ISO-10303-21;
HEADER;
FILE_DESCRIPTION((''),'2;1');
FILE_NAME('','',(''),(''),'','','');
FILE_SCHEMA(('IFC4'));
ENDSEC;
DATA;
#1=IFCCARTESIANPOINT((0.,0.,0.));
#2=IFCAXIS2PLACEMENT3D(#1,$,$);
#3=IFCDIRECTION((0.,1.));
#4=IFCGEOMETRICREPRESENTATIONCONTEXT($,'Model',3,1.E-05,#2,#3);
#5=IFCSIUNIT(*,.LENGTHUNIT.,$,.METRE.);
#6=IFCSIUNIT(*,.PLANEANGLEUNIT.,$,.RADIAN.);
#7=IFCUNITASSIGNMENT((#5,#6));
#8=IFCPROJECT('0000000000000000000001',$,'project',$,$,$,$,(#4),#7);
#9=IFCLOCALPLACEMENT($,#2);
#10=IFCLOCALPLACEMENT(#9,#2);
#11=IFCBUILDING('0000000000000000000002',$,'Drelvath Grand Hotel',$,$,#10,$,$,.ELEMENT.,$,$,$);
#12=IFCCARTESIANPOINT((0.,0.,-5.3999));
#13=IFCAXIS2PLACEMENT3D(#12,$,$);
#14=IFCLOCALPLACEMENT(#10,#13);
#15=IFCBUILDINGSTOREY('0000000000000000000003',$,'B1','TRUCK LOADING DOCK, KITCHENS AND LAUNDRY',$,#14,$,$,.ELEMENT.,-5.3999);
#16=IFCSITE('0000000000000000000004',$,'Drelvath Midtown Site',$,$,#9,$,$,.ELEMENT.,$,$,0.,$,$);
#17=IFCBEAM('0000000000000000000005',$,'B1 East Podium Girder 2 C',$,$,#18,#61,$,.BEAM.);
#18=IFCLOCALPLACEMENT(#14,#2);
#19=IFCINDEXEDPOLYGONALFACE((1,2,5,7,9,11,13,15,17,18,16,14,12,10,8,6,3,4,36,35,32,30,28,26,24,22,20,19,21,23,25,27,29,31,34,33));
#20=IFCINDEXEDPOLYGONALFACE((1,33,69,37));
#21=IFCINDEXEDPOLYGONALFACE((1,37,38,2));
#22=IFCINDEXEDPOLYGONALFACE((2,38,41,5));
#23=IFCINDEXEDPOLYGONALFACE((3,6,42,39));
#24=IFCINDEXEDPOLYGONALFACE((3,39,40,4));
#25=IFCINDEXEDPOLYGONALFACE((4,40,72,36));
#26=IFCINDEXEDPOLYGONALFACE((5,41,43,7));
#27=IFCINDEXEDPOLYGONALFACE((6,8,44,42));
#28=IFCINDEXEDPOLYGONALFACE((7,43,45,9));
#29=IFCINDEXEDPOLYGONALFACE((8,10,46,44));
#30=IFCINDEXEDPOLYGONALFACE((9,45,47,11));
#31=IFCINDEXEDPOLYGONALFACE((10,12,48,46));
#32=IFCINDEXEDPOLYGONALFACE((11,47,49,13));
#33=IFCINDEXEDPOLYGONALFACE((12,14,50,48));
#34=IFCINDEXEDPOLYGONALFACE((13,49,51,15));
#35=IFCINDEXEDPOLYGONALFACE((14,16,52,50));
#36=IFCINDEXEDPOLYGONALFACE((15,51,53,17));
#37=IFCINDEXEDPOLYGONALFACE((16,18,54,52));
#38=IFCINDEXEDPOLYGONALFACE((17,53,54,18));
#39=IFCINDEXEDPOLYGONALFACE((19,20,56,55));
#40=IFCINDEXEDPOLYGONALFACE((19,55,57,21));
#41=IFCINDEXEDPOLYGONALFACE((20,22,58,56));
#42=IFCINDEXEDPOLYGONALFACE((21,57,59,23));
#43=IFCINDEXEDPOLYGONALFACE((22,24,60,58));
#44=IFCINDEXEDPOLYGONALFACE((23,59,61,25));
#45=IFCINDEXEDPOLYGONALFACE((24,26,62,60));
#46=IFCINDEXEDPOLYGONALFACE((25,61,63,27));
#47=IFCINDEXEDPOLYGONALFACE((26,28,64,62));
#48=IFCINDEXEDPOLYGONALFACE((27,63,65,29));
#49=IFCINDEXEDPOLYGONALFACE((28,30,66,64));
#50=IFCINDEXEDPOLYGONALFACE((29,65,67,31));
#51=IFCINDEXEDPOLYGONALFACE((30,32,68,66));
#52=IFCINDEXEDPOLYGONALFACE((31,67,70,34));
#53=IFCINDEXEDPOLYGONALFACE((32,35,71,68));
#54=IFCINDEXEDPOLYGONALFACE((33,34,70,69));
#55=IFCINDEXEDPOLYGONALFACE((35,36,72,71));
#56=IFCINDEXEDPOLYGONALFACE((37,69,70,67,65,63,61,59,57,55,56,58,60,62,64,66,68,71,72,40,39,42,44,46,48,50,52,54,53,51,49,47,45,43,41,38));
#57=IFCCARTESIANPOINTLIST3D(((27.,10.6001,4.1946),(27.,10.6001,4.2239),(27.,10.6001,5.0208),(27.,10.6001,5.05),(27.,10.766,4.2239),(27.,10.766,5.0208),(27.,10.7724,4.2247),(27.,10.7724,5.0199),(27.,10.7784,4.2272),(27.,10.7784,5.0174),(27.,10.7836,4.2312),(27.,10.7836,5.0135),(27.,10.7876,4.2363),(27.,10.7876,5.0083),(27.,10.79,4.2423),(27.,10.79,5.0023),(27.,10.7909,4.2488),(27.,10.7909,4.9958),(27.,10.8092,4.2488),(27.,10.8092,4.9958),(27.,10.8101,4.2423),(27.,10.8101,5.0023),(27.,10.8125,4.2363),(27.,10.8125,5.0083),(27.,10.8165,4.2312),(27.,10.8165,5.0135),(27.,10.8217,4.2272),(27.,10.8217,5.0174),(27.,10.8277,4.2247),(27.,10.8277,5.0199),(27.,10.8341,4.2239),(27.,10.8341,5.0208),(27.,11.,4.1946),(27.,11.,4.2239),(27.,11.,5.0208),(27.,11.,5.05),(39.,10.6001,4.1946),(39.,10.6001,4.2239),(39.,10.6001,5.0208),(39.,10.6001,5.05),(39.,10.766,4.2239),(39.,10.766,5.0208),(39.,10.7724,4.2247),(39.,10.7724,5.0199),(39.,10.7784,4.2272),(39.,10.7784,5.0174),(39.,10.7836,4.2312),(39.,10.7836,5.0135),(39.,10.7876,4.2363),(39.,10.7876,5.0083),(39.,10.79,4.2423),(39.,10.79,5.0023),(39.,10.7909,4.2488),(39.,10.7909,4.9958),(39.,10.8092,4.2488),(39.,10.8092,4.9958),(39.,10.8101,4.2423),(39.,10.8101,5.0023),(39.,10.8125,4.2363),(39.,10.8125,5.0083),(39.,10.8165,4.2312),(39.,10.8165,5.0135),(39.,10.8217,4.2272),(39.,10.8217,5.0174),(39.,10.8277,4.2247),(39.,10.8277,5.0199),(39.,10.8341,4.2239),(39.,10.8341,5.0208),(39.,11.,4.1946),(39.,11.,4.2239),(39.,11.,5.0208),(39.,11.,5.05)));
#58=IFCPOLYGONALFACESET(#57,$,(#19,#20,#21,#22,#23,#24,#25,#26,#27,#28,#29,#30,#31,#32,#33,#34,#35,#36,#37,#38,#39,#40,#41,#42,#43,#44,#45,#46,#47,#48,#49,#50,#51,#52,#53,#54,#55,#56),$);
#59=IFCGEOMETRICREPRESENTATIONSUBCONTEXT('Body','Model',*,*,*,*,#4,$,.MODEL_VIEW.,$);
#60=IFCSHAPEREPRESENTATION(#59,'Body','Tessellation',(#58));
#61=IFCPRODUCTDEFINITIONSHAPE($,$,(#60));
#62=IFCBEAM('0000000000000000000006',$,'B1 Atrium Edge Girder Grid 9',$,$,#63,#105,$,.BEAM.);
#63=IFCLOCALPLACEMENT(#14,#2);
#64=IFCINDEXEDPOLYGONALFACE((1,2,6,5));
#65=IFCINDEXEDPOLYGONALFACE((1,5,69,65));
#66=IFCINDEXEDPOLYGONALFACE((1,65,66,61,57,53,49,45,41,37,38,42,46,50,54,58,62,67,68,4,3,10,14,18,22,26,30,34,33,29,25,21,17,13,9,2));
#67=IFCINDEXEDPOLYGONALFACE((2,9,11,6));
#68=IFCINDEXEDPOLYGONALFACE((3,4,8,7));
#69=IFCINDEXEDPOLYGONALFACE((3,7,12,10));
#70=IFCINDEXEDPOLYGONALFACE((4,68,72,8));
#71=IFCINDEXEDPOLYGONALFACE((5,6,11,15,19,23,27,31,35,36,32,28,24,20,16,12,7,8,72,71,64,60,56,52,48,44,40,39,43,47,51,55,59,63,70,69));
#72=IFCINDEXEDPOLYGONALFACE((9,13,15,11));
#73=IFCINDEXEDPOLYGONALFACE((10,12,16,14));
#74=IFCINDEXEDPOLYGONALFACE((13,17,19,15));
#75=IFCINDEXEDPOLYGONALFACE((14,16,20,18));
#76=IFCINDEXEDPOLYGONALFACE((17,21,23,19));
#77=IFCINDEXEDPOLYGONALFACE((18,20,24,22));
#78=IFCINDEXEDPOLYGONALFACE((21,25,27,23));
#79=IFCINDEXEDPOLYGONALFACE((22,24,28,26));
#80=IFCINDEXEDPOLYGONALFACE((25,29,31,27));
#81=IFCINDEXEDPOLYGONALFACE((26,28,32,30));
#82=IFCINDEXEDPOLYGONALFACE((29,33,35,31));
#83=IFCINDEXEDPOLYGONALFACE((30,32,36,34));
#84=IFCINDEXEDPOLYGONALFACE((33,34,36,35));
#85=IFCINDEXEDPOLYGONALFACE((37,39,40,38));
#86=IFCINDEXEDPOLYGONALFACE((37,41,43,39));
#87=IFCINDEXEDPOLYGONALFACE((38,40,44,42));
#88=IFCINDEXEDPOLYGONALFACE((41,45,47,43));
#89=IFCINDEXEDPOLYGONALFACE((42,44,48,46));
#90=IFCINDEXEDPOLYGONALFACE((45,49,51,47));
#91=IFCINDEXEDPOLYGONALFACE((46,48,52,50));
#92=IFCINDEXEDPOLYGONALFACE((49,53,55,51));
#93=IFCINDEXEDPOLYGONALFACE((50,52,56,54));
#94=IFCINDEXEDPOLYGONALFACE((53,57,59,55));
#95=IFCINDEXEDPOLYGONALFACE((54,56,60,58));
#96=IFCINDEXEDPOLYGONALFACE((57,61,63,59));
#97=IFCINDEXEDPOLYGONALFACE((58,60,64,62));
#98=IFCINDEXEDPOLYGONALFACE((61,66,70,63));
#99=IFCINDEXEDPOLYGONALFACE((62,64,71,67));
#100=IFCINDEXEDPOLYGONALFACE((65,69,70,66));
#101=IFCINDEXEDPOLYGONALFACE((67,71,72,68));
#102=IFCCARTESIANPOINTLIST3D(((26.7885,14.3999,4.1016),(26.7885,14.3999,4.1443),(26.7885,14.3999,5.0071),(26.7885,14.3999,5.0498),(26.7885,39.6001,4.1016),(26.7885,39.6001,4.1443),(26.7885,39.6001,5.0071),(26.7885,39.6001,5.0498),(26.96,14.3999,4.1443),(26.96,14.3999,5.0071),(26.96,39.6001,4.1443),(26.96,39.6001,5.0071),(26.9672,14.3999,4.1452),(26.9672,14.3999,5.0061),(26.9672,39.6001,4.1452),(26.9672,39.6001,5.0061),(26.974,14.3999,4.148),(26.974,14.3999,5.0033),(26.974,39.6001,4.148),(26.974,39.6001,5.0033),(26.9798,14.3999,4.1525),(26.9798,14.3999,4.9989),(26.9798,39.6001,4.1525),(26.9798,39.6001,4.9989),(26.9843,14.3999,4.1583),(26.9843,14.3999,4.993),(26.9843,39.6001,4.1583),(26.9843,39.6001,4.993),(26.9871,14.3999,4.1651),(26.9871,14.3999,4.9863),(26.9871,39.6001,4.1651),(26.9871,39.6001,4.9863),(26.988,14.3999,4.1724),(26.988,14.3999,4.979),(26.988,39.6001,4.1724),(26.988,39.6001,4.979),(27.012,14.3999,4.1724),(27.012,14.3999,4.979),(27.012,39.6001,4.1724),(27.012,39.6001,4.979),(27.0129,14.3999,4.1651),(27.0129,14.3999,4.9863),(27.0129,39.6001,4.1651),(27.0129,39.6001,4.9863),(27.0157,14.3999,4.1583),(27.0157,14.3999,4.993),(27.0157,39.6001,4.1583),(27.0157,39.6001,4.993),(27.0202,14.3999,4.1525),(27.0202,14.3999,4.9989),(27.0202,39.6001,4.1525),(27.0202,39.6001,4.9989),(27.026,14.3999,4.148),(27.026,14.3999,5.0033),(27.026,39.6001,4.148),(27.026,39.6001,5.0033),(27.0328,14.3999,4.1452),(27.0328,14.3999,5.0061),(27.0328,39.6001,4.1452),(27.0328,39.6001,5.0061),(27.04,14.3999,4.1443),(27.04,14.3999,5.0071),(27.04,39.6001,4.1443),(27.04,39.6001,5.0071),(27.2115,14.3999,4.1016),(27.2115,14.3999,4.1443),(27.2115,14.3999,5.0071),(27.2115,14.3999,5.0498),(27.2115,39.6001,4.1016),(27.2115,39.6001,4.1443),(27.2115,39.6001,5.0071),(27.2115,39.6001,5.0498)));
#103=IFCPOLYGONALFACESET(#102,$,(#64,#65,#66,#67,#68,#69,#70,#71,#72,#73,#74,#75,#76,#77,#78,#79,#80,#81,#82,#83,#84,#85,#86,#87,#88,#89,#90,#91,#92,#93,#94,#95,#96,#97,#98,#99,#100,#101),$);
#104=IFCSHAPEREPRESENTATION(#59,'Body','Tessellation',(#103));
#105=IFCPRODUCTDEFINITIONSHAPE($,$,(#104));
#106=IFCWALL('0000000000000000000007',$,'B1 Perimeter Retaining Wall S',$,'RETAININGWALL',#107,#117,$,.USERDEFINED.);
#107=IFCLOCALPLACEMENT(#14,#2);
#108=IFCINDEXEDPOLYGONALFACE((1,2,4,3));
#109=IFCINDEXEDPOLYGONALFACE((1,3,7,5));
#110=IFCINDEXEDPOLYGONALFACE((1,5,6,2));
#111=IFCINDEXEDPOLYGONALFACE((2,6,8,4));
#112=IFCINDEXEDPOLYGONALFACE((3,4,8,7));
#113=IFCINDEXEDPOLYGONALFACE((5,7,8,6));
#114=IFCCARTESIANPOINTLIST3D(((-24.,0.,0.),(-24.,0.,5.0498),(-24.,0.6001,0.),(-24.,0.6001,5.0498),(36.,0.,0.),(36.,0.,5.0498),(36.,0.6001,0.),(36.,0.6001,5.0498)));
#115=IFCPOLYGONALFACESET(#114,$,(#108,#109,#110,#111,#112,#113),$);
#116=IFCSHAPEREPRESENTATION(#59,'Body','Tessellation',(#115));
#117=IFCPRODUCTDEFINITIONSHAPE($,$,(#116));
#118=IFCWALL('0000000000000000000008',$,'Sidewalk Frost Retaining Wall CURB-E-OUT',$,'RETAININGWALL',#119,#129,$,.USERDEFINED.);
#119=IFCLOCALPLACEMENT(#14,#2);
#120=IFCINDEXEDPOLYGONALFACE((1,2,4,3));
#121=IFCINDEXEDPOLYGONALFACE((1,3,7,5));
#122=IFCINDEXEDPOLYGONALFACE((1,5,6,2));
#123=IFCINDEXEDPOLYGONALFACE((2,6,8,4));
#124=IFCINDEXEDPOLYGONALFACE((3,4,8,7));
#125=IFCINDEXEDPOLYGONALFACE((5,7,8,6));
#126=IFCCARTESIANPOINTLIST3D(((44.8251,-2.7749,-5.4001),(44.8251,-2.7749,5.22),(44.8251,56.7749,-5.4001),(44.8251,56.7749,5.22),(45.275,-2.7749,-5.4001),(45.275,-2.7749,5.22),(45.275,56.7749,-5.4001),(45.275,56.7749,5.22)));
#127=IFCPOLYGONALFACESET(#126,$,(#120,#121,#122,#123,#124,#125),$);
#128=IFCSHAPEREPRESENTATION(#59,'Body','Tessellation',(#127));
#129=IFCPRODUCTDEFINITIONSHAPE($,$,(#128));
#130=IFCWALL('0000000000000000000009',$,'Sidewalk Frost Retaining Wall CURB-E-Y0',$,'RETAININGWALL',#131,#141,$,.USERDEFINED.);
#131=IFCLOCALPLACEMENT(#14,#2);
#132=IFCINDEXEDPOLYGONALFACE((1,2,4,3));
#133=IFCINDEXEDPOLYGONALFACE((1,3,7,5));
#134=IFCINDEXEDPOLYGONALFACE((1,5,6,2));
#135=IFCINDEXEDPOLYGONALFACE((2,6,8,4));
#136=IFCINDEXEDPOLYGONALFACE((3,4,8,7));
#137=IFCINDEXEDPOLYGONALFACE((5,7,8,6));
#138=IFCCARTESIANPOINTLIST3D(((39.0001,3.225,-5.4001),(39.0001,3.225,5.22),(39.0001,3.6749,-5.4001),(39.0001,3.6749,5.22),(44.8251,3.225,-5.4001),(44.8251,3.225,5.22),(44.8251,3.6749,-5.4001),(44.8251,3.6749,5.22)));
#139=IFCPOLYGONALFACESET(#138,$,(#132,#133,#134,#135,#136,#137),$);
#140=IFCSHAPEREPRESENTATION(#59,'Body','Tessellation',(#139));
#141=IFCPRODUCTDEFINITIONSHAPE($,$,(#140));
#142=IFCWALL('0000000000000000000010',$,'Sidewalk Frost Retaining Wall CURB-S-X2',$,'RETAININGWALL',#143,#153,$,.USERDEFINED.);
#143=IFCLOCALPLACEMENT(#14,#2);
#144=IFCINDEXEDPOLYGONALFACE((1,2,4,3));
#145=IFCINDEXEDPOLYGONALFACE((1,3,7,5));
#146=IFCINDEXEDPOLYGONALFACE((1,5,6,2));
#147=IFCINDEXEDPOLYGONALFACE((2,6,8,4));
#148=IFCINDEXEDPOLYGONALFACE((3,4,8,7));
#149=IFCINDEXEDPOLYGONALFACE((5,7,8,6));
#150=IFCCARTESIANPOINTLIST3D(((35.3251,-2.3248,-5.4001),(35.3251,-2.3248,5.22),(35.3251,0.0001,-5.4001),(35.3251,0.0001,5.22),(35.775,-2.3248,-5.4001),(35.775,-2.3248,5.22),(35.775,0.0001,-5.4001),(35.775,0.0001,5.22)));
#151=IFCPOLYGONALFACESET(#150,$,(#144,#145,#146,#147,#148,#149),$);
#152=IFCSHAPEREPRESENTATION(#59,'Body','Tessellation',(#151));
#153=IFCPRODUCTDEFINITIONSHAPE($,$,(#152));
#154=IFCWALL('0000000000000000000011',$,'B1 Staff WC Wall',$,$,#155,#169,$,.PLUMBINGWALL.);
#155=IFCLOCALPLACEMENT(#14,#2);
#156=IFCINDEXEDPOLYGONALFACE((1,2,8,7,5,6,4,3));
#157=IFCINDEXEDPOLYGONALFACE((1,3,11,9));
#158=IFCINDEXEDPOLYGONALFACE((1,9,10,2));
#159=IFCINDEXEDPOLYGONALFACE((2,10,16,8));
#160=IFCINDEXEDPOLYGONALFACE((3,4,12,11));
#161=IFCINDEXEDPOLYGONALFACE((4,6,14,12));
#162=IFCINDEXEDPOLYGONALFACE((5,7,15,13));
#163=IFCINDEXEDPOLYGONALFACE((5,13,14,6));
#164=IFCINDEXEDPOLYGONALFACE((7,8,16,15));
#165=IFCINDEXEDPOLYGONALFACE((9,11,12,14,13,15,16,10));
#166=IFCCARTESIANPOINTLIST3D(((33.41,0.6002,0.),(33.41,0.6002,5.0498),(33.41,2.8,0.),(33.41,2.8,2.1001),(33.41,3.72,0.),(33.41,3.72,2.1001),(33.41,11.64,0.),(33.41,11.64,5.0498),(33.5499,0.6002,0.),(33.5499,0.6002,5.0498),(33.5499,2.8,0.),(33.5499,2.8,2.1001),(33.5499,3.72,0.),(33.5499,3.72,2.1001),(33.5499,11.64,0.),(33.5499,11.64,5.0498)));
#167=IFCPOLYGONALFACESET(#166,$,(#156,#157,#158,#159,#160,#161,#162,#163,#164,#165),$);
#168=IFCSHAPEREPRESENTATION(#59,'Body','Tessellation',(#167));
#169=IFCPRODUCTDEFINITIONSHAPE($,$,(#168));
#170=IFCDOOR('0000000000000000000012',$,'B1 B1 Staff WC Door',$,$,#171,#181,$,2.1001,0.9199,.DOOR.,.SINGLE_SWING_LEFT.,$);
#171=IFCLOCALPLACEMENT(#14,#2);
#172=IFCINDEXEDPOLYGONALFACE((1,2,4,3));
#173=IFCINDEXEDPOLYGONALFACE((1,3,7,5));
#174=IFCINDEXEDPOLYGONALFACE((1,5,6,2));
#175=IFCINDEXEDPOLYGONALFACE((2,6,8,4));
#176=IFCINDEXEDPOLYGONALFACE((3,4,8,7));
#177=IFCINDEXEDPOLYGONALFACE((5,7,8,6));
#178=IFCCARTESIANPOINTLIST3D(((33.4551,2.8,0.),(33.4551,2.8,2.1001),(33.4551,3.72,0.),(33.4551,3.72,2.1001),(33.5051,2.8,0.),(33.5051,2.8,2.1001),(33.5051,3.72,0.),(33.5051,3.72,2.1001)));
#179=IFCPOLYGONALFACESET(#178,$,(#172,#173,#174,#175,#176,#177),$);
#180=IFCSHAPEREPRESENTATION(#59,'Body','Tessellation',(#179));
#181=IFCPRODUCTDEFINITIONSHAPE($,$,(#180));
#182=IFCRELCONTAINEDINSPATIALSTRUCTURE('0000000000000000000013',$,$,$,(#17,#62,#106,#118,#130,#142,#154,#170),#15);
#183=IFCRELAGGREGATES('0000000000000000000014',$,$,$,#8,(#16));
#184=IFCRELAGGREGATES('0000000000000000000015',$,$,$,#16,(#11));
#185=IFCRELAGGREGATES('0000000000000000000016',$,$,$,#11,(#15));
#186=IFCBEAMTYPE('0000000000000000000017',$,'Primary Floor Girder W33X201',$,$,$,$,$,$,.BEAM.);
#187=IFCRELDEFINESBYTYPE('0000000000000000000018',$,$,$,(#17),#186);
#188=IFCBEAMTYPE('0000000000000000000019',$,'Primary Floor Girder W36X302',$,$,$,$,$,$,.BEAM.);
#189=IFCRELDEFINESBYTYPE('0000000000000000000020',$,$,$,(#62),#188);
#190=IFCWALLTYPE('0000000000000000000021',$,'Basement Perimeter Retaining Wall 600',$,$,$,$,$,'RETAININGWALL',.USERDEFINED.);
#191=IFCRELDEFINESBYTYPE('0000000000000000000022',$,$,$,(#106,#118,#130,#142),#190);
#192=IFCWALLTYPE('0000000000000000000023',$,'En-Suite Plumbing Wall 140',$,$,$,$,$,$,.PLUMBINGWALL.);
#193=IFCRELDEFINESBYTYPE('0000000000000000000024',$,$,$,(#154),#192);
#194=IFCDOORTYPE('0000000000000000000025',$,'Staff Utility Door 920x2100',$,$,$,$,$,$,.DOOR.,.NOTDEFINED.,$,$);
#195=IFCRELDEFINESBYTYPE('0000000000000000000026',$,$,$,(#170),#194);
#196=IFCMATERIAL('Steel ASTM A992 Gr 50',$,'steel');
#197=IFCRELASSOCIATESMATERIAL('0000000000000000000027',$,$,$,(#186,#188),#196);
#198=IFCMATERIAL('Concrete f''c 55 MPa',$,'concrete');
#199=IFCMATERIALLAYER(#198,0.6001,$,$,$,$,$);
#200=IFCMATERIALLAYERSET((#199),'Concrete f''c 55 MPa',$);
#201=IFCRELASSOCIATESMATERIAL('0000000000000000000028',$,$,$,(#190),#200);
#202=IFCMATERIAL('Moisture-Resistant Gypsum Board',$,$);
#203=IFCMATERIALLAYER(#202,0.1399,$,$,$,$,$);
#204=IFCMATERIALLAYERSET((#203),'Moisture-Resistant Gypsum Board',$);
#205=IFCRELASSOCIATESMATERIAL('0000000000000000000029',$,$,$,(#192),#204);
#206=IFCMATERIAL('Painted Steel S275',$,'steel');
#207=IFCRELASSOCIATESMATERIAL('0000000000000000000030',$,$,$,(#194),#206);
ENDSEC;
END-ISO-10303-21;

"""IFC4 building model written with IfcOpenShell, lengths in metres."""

from ifc_helpers import new_model, si_unit, direction, frame, frame_2d, origin, origin_2d, place, context, subcontext, project, spatial, rectangle, i_section, extrude, material, layer, layer_set, material_profile, profile_set, type_object, element, fill, save


model = new_model("IFC4")

# Units and contexts
model_context = context("Model", 3, precision=1e-05, world=origin(), true_north=direction((0.0, 1.0)))
body_context = subcontext(model_context, "Body", "Model", "MODEL_VIEW")
ifc_project = project(units=[si_unit("LENGTHUNIT", "METRE"), si_unit("PLANEANGLEUNIT", "RADIAN")], contexts=[model_context])

# Site, building, storey
site_placement = place(None, origin())
site = spatial("IfcSite", under=ifc_project, at=site_placement, Name="Drelvath Midtown Site", CompositionType="ELEMENT", RefElevation=0.0)
building_placement = place(site_placement, origin())
building = spatial("IfcBuilding", under=site, at=building_placement, Name="Drelvath Grand Hotel", CompositionType="ELEMENT")
storey_placement = place(building_placement, frame((0.0, 0.0, -5.3999)))
storey = spatial("IfcBuildingStorey", under=building, at=storey_placement, Name="B1", Description="TRUCK LOADING DOCK, KITCHENS AND LAUNDRY", CompositionType="ELEMENT", Elevation=-5.3999)

# Beams
ifc_material_1 = material(Name="Steel ASTM A992 Gr 50", Category="steel")
ifc_material_profile_1 = material_profile(ifc_material_1, i_section(OverallWidth=0.3999, OverallDepth=0.8555, WebThickness=0.0183, FlangeThickness=0.0293, FilletRadius=0.0249, at=origin_2d()), Name="W33X201")
ifc_profile_set_1 = profile_set([ifc_material_profile_1], Name="Steel ASTM A992 Gr 50")
beam_type_1 = type_object("IfcBeamType", Name="Primary Floor Girder W33X201", PredefinedType="BEAM", material=ifc_profile_set_1)
beam_1_placement = place(storey_placement, frame((27.0, 10.8, 4.6223), z_axis=(1.0, 0.0, 0.0), x_axis=(0.0, 1.0, 0.0)))
element("IfcBeam", 1, at=beam_1_placement, inside=storey, type_object=beam_type_1, Name="B1 East Podium Girder 2 C", PredefinedType="BEAM", context=body_context, shape_type="SweptSolid", body=[
    extrude(i_section(OverallWidth=0.3999, OverallDepth=0.8555, WebThickness=0.0183, FlangeThickness=0.0293, FilletRadius=0.0249, at=origin_2d()), origin(), (0.0, 0.0, 1.0), 12.0),
])
ifc_material_profile_2 = material_profile(ifc_material_1, i_section(OverallWidth=0.4231, OverallDepth=0.9482, WebThickness=0.0239, FlangeThickness=0.0427, FilletRadius=0.0281, at=origin_2d()), Name="W36X302")
ifc_profile_set_2 = profile_set([ifc_material_profile_2], Name="Steel ASTM A992 Gr 50")
beam_type_2 = type_object("IfcBeamType", Name="Primary Floor Girder W36X302", PredefinedType="BEAM", material=ifc_profile_set_2)
beam_2_placement = place(storey_placement, frame((27.0, 14.3999, 4.5757), z_axis=(0.0, 1.0, 0.0), x_axis=(-1.0, 0.0, 0.0)))
element("IfcBeam", 2, at=beam_2_placement, inside=storey, type_object=beam_type_2, Name="B1 Atrium Edge Girder Grid 9", PredefinedType="BEAM", context=body_context, shape_type="SweptSolid", body=[
    extrude(i_section(OverallWidth=0.4231, OverallDepth=0.9482, WebThickness=0.0239, FlangeThickness=0.0427, FilletRadius=0.0281, at=origin_2d()), origin(), (0.0, 0.0, 1.0), 25.2002),
])

# Walls
ifc_material_2 = material(Name="Concrete f'c 55 MPa", Category="concrete")
ifc_layer_1 = layer(ifc_material_2, 0.6001)
ifc_layer_set_1 = layer_set([ifc_layer_1], Name="Concrete f'c 55 MPa")
wall_type_1 = type_object("IfcWallType", Name="Basement Perimeter Retaining Wall 600", ElementType="RETAININGWALL", PredefinedType="USERDEFINED", material=ifc_layer_set_1)
wall_1_placement = place(storey_placement, frame((36.0, 0.3, 0.0), z_axis=(0.0, 0.0, 1.0), x_axis=(-1.0, 0.0, 0.0)))
element("IfcWall", 3, at=wall_1_placement, inside=storey, type_object=wall_type_1, Name="B1 Perimeter Retaining Wall S", ObjectType="RETAININGWALL", PredefinedType="USERDEFINED", context=body_context, shape_type="SweptSolid", body=[
    extrude(rectangle(XDim=60.0, YDim=0.6001, at=frame_2d((30.0, 0.0))), origin(), (0.0, 0.0, 1.0), 5.0498),
])
wall_2_placement = place(storey_placement, frame((45.05, -2.7749, -5.4001), z_axis=(0.0, 0.0, 1.0), x_axis=(0.0, 1.0, 0.0)))
element("IfcWall", 4, at=wall_2_placement, inside=storey, type_object=wall_type_1, Name="Sidewalk Frost Retaining Wall CURB-E-OUT", ObjectType="RETAININGWALL", PredefinedType="USERDEFINED", context=body_context, shape_type="SweptSolid", body=[
    extrude(rectangle(XDim=59.5498, YDim=0.45, at=frame_2d((29.7749, 0.0))), origin(), (0.0, 0.0, 1.0), 10.6201),
])
wall_3_placement = place(storey_placement, frame((39.0, 3.45, -5.4001), z_axis=(0.0, 0.0, 1.0), x_axis=(1.0, 0.0, 0.0)))
element("IfcWall", 5, at=wall_3_placement, inside=storey, type_object=wall_type_1, Name="Sidewalk Frost Retaining Wall CURB-E-Y0", ObjectType="RETAININGWALL", PredefinedType="USERDEFINED", context=body_context, shape_type="SweptSolid", body=[
    extrude(rectangle(XDim=5.825, YDim=0.45, at=frame_2d((2.9126, 0.0))), origin(), (0.0, 0.0, 1.0), 10.6201),
])
wall_4_placement = place(storey_placement, frame((35.55, -2.325, -5.4001), z_axis=(0.0, 0.0, 1.0), x_axis=(0.0, 1.0, 0.0)))
element("IfcWall", 6, at=wall_4_placement, inside=storey, type_object=wall_type_1, Name="Sidewalk Frost Retaining Wall CURB-S-X2", ObjectType="RETAININGWALL", PredefinedType="USERDEFINED", context=body_context, shape_type="SweptSolid", body=[
    extrude(rectangle(XDim=2.325, YDim=0.45, at=frame_2d((1.1626, 0.0))), origin(), (0.0, 0.0, 1.0), 10.6201),
])

# Wall, opening, door
ifc_material_3 = material(Name="Moisture-Resistant Gypsum Board")
ifc_layer_2 = layer(ifc_material_3, 0.1399)
ifc_layer_set_2 = layer_set([ifc_layer_2], Name="Moisture-Resistant Gypsum Board")
wall_type_2 = type_object("IfcWallType", Name="En-Suite Plumbing Wall 140", PredefinedType="PLUMBINGWALL", material=ifc_layer_set_2)
wall_5_placement = place(storey_placement, frame((33.48, 0.6001, 0.0), z_axis=(0.0, 0.0, 1.0), x_axis=(0.0, 1.0, 0.0)))
wall_5 = element("IfcWall", 7, at=wall_5_placement, inside=storey, type_object=wall_type_2, Name="B1 Staff WC Wall", PredefinedType="PLUMBINGWALL", context=body_context, shape_type="SweptSolid", body=[
    extrude(rectangle(XDim=11.0398, YDim=0.1399, at=frame_2d((5.52, 0.0))), origin(), (0.0, 0.0, 1.0), 5.0498),
])
opening_1_placement = place(wall_5_placement, frame((2.2, 0.0, 0.0)))
opening_1 = element("IfcOpeningElement", 8, at=opening_1_placement, cuts=wall_5, PredefinedType="OPENING", context=body_context, shape_type="SweptSolid", body=[
    extrude(rectangle(XDim=0.9199, YDim=2.1001, at=frame_2d((0.46, 1.05))), frame((0.0, 0.0798, 0.0), z_axis=(0.0, -1.0, 0.0), x_axis=(1.0, 0.0, 0.0)), (0.0, 0.0, 1.0), 0.1599),
])
ifc_material_4 = material(Name="Painted Steel S275", Category="steel")
door_type_1 = type_object("IfcDoorType", Name="Staff Utility Door 920x2100", OperationType="NOTDEFINED", PredefinedType="DOOR", material=ifc_material_4)
door_1_placement = place(opening_1_placement, origin())
door_1 = element("IfcDoor", 9, at=door_1_placement, inside=storey, type_object=door_type_1, Name="B1 B1 Staff WC Door", OperationType="SINGLE_SWING_LEFT", OverallHeight=2.1001, OverallWidth=0.9199, PredefinedType="DOOR", context=body_context, shape_type="SweptSolid", body=[
    extrude(rectangle(XDim=0.9199, YDim=2.1001, at=frame_2d((0.46, 1.05))), frame((0.0, 0.0249, 0.0), z_axis=(0.0, -1.0, 0.0), x_axis=(1.0, 0.0, 0.0)), (0.0, 0.0, 1.0), 0.05),
])
fill(opening_1, door_1)

save(model, "model.ifc")
